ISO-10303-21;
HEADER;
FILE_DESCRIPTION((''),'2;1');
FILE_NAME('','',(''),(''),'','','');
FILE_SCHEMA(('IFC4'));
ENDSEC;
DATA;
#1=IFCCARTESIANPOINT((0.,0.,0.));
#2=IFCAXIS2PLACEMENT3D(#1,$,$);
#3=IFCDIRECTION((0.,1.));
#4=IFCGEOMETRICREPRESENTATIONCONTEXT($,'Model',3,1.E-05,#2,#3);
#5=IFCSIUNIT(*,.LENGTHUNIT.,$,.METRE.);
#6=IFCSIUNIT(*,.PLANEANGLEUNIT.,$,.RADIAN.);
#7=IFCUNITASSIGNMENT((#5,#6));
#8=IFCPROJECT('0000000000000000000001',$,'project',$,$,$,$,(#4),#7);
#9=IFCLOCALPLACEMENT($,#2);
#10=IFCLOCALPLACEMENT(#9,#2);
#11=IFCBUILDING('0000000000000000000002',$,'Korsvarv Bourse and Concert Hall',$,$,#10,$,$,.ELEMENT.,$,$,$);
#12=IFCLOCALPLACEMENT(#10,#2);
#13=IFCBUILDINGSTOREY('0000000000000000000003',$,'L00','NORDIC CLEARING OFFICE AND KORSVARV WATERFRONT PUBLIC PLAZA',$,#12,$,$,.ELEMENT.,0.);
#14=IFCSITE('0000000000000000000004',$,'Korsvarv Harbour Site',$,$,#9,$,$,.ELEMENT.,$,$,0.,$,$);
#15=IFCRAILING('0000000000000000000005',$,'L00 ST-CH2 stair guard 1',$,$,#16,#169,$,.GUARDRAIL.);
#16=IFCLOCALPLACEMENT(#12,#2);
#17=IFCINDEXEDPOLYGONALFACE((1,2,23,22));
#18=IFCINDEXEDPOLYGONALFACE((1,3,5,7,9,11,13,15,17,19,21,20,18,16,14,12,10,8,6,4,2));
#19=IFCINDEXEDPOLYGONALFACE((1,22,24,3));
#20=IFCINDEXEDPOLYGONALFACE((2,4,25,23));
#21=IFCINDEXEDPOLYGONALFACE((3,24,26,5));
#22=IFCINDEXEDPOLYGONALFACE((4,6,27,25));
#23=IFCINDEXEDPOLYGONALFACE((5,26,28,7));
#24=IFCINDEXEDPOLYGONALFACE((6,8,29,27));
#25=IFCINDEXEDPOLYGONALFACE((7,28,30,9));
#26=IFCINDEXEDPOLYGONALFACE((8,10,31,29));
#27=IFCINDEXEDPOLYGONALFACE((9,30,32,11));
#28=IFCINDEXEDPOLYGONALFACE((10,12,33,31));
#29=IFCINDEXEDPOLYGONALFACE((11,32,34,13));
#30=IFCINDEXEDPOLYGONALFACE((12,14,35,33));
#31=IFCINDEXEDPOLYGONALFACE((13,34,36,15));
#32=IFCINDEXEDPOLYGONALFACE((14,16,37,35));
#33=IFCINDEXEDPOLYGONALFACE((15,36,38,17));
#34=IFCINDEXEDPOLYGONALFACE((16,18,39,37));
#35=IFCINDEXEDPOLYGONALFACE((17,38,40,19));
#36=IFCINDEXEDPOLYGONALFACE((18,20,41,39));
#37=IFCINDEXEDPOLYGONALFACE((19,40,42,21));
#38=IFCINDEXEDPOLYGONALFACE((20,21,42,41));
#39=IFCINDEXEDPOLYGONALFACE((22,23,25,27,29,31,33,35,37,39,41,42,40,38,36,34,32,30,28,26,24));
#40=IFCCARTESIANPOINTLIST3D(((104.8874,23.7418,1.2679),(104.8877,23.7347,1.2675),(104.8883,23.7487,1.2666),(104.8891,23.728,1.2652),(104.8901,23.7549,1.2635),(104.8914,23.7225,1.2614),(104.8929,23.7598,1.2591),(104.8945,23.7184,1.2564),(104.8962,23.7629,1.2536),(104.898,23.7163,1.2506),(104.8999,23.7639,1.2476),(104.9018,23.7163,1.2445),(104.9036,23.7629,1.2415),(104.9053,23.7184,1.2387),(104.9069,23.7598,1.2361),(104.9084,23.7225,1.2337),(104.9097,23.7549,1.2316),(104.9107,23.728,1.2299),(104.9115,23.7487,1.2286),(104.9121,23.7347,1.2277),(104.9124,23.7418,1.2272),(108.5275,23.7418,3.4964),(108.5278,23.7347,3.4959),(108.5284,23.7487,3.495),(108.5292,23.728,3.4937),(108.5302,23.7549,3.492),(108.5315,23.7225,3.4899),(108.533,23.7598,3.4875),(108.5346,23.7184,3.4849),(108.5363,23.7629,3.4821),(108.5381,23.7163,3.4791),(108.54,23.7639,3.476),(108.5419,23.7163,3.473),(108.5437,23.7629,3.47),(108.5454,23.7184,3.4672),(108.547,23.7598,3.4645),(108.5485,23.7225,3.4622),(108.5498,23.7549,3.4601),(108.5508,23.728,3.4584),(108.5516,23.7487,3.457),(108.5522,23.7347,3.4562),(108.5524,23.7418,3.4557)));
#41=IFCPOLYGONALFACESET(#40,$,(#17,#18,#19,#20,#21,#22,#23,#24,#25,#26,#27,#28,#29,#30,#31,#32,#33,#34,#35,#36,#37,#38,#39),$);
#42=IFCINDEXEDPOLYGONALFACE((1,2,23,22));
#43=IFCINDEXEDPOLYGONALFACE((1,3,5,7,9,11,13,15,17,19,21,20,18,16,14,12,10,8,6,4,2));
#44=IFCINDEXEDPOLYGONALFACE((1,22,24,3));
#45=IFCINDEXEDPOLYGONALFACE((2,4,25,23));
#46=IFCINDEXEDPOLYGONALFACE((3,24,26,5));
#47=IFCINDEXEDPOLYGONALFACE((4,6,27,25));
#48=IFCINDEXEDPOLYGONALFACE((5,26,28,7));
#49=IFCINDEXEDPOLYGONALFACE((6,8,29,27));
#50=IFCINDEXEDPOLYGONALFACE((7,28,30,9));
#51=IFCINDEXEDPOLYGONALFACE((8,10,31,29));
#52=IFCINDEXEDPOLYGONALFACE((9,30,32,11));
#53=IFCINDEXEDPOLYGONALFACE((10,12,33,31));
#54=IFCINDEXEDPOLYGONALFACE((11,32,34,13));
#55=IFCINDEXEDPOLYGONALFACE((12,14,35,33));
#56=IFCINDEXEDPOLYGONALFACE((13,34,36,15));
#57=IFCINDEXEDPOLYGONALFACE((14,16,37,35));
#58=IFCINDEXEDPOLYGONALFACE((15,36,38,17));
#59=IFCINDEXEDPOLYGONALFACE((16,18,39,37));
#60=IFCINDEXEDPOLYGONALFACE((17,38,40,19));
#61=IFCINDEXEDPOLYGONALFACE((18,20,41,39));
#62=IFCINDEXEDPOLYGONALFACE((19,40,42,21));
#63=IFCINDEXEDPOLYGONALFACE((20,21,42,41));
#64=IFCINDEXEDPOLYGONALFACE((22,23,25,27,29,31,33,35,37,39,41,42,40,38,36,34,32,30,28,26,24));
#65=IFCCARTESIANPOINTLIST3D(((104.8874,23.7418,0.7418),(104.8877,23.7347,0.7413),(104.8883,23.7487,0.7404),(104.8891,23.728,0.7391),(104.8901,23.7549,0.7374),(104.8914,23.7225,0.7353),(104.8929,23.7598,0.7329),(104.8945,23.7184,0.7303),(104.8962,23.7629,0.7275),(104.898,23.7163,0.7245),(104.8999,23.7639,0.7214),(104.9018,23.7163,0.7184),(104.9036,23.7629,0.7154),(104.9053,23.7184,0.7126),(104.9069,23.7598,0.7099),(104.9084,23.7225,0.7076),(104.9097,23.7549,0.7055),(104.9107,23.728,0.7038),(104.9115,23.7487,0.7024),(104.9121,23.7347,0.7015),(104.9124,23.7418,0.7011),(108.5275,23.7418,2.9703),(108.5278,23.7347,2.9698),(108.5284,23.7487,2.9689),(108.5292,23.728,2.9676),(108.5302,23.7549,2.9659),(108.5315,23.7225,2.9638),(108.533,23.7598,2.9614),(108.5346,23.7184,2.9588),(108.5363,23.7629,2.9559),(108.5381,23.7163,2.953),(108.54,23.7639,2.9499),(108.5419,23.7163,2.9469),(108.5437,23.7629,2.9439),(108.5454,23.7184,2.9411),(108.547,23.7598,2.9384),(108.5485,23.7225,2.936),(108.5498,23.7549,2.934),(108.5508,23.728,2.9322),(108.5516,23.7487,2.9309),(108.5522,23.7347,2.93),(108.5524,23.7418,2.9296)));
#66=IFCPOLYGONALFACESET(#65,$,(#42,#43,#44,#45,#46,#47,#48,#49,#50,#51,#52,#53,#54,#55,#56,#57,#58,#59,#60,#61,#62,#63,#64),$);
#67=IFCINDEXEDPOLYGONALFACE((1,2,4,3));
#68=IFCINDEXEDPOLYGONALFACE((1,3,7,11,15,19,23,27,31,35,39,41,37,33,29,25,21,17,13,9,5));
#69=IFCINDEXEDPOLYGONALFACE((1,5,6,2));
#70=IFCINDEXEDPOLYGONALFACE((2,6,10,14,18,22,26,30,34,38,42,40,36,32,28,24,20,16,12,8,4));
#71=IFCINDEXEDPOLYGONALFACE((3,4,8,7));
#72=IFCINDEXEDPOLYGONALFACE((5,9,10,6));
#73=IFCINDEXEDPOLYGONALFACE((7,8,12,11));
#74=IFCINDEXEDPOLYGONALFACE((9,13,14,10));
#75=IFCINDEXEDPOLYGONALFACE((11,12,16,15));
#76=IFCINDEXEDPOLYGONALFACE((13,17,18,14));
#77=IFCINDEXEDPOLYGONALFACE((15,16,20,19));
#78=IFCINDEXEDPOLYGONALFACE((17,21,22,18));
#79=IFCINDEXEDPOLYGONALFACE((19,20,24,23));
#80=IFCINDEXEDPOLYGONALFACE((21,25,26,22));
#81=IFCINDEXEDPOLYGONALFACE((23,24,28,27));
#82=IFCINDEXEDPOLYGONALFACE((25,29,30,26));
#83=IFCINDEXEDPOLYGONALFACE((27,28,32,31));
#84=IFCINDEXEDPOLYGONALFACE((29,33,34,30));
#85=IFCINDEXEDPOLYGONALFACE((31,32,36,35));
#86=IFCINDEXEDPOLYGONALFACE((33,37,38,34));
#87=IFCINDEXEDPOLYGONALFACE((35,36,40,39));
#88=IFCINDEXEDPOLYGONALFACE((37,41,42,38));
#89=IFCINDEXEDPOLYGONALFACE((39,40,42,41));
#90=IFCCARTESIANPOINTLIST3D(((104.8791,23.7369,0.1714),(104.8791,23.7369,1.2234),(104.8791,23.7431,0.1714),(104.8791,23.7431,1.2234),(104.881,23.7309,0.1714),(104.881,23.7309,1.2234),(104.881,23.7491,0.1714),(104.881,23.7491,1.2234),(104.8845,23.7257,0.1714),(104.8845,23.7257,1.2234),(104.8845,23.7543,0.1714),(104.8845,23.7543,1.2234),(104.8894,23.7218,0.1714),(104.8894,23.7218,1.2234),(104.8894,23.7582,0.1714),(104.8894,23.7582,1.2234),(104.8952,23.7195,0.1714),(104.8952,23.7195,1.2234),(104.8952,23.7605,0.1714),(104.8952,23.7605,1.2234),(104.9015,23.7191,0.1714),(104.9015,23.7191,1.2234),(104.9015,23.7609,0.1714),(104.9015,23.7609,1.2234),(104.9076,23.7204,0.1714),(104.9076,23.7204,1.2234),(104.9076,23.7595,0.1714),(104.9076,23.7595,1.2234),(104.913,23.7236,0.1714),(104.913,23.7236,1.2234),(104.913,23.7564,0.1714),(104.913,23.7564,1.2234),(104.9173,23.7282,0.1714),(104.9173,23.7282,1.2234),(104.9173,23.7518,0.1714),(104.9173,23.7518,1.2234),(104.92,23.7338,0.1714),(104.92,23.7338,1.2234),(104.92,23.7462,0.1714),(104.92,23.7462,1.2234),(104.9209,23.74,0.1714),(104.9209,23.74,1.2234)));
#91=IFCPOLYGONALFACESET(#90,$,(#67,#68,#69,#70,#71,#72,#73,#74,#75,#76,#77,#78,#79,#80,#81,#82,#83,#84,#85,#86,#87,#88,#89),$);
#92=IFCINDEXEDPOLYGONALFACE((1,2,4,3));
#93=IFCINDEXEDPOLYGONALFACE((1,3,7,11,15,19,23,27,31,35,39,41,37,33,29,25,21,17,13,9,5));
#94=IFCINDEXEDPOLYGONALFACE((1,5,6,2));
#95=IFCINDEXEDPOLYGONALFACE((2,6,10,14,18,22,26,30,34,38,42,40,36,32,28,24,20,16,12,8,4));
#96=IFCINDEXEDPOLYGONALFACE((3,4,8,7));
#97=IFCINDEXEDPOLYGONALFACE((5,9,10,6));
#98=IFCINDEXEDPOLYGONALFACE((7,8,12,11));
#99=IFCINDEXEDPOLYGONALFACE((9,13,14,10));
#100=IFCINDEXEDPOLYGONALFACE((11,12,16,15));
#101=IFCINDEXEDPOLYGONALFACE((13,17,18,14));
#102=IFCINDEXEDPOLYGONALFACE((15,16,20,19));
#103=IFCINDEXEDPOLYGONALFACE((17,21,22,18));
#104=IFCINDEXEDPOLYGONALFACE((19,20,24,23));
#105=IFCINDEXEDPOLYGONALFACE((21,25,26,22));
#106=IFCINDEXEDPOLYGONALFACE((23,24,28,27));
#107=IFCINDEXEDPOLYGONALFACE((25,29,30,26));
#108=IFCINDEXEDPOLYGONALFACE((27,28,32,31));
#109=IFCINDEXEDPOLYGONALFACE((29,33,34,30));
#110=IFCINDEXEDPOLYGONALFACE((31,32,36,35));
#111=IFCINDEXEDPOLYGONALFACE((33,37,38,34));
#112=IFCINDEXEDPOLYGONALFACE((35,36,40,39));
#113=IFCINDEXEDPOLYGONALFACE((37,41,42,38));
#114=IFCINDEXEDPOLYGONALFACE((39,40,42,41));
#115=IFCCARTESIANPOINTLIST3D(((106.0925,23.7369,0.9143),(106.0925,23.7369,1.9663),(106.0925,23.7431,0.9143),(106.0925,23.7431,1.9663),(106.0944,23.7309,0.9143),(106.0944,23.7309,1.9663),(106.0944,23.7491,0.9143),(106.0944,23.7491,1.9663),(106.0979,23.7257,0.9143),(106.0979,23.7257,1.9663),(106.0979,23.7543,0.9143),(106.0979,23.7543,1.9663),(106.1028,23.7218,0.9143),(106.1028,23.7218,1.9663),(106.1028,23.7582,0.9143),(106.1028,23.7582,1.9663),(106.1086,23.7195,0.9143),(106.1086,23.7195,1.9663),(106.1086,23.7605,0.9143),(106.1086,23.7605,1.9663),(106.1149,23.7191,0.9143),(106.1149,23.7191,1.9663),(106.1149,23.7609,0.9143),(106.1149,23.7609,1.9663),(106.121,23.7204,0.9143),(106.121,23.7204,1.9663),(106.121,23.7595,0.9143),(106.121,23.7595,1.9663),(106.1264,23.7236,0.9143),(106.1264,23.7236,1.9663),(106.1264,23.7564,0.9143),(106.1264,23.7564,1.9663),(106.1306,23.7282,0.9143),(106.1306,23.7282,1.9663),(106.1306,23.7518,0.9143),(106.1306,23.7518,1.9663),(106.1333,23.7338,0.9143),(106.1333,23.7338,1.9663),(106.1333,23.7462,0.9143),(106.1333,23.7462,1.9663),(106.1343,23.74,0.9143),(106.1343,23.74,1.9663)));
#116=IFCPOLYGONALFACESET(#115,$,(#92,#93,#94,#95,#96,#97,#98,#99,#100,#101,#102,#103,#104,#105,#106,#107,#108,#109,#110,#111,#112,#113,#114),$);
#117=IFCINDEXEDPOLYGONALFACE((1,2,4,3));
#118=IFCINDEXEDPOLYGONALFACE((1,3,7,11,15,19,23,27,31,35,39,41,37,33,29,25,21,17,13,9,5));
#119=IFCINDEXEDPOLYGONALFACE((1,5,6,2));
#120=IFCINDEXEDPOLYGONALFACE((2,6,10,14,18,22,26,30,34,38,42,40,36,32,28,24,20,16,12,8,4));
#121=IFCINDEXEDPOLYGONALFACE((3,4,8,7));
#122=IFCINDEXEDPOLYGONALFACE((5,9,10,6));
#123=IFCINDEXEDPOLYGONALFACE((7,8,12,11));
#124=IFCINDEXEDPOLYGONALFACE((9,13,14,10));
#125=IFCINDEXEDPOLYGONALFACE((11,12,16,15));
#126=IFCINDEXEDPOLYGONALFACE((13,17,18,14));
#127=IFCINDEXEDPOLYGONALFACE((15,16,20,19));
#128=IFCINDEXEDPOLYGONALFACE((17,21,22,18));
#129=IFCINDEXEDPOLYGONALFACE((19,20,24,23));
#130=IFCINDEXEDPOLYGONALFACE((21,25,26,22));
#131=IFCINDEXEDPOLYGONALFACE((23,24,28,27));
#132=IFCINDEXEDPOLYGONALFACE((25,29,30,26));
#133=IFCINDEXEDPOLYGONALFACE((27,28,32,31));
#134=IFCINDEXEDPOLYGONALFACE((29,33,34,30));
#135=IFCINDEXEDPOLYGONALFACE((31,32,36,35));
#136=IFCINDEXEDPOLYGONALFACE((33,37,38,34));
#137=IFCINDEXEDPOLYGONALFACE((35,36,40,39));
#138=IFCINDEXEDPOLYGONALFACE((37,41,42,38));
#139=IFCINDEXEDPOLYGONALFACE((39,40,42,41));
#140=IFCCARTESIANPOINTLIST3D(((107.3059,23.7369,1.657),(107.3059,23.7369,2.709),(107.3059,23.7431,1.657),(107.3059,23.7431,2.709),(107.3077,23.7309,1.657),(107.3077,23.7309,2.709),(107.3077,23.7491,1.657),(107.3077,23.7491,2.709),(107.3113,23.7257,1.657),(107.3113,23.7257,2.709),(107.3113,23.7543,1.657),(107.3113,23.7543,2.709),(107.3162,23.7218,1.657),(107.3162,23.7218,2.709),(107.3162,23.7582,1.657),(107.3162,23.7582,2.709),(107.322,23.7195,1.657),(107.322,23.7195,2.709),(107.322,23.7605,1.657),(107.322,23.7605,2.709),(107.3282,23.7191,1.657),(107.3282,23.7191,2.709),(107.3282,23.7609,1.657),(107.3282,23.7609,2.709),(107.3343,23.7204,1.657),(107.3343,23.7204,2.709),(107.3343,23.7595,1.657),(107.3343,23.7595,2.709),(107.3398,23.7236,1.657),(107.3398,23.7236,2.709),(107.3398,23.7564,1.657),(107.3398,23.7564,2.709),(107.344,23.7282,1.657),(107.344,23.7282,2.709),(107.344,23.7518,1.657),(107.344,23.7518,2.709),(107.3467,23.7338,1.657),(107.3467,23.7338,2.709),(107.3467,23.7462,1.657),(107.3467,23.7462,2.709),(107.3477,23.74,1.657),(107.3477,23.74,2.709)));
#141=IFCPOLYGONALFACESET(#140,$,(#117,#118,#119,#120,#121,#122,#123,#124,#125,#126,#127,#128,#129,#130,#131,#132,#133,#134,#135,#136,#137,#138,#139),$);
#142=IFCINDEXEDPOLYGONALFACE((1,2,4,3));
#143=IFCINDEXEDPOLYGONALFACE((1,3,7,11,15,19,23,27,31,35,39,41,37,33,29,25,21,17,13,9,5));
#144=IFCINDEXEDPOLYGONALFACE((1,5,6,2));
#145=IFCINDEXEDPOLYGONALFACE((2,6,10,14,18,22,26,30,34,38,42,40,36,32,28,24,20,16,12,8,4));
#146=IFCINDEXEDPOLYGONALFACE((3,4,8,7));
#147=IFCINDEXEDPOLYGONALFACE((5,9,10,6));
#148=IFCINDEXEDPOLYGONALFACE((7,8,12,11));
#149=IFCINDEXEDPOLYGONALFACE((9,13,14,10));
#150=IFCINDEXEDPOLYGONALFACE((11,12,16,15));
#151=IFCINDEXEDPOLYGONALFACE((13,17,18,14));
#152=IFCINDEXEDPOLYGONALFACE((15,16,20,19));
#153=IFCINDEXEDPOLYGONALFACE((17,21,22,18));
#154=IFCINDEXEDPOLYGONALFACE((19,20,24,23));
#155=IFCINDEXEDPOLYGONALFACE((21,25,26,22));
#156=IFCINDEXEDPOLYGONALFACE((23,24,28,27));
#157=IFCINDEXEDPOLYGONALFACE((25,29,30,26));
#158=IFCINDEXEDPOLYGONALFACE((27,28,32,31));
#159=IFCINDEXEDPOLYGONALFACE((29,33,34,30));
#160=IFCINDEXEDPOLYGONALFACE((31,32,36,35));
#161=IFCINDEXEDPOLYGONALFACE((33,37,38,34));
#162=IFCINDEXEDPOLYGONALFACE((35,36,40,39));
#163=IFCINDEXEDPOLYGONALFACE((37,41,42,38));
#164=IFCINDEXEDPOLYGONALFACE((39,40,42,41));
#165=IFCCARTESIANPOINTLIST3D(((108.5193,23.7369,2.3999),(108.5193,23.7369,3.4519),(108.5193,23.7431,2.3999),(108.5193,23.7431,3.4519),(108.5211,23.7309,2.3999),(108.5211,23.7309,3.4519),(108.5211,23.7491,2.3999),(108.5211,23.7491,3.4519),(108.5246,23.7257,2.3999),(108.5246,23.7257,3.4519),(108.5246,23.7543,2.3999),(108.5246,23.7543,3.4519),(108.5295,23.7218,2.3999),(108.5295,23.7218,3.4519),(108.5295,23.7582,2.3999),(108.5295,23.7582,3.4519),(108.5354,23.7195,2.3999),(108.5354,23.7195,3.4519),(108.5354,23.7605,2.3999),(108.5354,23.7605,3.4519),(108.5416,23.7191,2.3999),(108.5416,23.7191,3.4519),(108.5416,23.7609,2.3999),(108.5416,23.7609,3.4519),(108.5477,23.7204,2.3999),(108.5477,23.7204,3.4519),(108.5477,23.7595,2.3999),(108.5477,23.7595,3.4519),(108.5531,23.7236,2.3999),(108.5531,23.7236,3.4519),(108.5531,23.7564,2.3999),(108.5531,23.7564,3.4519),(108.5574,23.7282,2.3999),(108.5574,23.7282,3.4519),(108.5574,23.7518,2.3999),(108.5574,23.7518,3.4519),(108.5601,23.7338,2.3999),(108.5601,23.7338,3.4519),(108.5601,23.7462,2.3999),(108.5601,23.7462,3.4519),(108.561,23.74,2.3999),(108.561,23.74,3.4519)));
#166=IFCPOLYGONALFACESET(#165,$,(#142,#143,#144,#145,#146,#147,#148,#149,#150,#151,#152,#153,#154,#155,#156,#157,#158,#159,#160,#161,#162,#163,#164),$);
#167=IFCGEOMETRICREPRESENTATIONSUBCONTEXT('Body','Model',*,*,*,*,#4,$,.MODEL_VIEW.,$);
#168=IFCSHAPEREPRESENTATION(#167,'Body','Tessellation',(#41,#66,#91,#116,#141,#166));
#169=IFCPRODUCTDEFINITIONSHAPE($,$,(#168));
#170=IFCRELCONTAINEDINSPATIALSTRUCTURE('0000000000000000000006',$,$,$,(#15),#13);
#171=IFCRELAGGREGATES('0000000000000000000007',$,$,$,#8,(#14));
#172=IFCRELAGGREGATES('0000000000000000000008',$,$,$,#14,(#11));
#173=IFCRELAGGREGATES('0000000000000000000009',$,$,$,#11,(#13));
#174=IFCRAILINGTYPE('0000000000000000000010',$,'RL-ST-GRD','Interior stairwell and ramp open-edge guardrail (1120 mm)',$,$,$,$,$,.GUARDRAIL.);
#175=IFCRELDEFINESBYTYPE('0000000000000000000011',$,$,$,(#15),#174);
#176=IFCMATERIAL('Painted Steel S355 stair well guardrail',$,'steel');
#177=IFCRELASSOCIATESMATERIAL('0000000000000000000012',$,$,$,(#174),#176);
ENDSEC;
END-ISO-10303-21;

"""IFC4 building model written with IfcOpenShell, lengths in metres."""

from ifc_helpers import new_model, si_unit, direction, frame, origin, origin_2d, place, context, subcontext, project, spatial, circle, extrude, material, type_object, element, save


model = new_model("IFC4")

# Units and contexts
model_context = context("Model", 3, precision=1e-05, world=origin(), true_north=direction((0.0, 1.0)))
body_context = subcontext(model_context, "Body", "Model", "MODEL_VIEW")
ifc_project = project(units=[si_unit("LENGTHUNIT", "METRE"), si_unit("PLANEANGLEUNIT", "RADIAN")], contexts=[model_context])

# Site, building, storey
site_placement = place(None, origin())
site = spatial("IfcSite", under=ifc_project, at=site_placement, Name="Korsvarv Harbour Site", CompositionType="ELEMENT", RefElevation=0.0)
building_placement = place(site_placement, origin())
building = spatial("IfcBuilding", under=site, at=building_placement, Name="Korsvarv Bourse and Concert Hall", CompositionType="ELEMENT")
storey_placement = place(building_placement, origin())
storey = spatial("IfcBuildingStorey", under=building, at=storey_placement, Name="L00", Description="NORDIC CLEARING OFFICE AND KORSVARV WATERFRONT PUBLIC PLAZA", CompositionType="ELEMENT", Elevation=0.0)

# Railing
ifc_material_1 = material(Name="Painted Steel S355 stair well guardrail", Category="steel")
railing_type = type_object("IfcRailingType", Name="RL-ST-GRD", Description="Interior stairwell and ramp open-edge guardrail (1120 mm)", PredefinedType="GUARDRAIL", material=ifc_material_1)
railing_1_placement = place(storey_placement, frame((104.8999, 23.74, 0.1714)))
element("IfcRailing", 1, at=railing_1_placement, inside=storey, type_object=railing_type, Name="L00 ST-CH2 stair guard 1", PredefinedType="GUARDRAIL", context=body_context, shape_type="SweptSolid", body=[
    extrude(circle(Radius=0.0239, at=origin_2d()), frame((0.0, 0.0, 1.0762), z_axis=(0.852866, 0.0, 0.52213), x_axis=(0.0, 1.0, 0.0)), (0.0, 0.0, 1.0), 4.2681),
    extrude(circle(Radius=0.0239, at=origin_2d()), frame((0.0, 0.0, 0.55), z_axis=(0.852866, 0.0, 0.52213), x_axis=(0.0, 1.0, 0.0)), (0.0, 0.0, 1.0), 4.2681),
    extrude(circle(Radius=0.021, at=origin_2d()), origin(), (0.0, 0.0, 1.0), 1.052),
    extrude(circle(Radius=0.021, at=origin_2d()), frame((1.2134, 0.0, 0.7429)), (0.0, 0.0, 1.0), 1.052),
    extrude(circle(Radius=0.021, at=origin_2d()), frame((2.4268, 0.0, 1.4856)), (0.0, 0.0, 1.0), 1.052),
    extrude(circle(Radius=0.021, at=origin_2d()), frame((3.6401, 0.0, 2.2285)), (0.0, 0.0, 1.0), 1.052),
])

save(model, "model.ifc")
